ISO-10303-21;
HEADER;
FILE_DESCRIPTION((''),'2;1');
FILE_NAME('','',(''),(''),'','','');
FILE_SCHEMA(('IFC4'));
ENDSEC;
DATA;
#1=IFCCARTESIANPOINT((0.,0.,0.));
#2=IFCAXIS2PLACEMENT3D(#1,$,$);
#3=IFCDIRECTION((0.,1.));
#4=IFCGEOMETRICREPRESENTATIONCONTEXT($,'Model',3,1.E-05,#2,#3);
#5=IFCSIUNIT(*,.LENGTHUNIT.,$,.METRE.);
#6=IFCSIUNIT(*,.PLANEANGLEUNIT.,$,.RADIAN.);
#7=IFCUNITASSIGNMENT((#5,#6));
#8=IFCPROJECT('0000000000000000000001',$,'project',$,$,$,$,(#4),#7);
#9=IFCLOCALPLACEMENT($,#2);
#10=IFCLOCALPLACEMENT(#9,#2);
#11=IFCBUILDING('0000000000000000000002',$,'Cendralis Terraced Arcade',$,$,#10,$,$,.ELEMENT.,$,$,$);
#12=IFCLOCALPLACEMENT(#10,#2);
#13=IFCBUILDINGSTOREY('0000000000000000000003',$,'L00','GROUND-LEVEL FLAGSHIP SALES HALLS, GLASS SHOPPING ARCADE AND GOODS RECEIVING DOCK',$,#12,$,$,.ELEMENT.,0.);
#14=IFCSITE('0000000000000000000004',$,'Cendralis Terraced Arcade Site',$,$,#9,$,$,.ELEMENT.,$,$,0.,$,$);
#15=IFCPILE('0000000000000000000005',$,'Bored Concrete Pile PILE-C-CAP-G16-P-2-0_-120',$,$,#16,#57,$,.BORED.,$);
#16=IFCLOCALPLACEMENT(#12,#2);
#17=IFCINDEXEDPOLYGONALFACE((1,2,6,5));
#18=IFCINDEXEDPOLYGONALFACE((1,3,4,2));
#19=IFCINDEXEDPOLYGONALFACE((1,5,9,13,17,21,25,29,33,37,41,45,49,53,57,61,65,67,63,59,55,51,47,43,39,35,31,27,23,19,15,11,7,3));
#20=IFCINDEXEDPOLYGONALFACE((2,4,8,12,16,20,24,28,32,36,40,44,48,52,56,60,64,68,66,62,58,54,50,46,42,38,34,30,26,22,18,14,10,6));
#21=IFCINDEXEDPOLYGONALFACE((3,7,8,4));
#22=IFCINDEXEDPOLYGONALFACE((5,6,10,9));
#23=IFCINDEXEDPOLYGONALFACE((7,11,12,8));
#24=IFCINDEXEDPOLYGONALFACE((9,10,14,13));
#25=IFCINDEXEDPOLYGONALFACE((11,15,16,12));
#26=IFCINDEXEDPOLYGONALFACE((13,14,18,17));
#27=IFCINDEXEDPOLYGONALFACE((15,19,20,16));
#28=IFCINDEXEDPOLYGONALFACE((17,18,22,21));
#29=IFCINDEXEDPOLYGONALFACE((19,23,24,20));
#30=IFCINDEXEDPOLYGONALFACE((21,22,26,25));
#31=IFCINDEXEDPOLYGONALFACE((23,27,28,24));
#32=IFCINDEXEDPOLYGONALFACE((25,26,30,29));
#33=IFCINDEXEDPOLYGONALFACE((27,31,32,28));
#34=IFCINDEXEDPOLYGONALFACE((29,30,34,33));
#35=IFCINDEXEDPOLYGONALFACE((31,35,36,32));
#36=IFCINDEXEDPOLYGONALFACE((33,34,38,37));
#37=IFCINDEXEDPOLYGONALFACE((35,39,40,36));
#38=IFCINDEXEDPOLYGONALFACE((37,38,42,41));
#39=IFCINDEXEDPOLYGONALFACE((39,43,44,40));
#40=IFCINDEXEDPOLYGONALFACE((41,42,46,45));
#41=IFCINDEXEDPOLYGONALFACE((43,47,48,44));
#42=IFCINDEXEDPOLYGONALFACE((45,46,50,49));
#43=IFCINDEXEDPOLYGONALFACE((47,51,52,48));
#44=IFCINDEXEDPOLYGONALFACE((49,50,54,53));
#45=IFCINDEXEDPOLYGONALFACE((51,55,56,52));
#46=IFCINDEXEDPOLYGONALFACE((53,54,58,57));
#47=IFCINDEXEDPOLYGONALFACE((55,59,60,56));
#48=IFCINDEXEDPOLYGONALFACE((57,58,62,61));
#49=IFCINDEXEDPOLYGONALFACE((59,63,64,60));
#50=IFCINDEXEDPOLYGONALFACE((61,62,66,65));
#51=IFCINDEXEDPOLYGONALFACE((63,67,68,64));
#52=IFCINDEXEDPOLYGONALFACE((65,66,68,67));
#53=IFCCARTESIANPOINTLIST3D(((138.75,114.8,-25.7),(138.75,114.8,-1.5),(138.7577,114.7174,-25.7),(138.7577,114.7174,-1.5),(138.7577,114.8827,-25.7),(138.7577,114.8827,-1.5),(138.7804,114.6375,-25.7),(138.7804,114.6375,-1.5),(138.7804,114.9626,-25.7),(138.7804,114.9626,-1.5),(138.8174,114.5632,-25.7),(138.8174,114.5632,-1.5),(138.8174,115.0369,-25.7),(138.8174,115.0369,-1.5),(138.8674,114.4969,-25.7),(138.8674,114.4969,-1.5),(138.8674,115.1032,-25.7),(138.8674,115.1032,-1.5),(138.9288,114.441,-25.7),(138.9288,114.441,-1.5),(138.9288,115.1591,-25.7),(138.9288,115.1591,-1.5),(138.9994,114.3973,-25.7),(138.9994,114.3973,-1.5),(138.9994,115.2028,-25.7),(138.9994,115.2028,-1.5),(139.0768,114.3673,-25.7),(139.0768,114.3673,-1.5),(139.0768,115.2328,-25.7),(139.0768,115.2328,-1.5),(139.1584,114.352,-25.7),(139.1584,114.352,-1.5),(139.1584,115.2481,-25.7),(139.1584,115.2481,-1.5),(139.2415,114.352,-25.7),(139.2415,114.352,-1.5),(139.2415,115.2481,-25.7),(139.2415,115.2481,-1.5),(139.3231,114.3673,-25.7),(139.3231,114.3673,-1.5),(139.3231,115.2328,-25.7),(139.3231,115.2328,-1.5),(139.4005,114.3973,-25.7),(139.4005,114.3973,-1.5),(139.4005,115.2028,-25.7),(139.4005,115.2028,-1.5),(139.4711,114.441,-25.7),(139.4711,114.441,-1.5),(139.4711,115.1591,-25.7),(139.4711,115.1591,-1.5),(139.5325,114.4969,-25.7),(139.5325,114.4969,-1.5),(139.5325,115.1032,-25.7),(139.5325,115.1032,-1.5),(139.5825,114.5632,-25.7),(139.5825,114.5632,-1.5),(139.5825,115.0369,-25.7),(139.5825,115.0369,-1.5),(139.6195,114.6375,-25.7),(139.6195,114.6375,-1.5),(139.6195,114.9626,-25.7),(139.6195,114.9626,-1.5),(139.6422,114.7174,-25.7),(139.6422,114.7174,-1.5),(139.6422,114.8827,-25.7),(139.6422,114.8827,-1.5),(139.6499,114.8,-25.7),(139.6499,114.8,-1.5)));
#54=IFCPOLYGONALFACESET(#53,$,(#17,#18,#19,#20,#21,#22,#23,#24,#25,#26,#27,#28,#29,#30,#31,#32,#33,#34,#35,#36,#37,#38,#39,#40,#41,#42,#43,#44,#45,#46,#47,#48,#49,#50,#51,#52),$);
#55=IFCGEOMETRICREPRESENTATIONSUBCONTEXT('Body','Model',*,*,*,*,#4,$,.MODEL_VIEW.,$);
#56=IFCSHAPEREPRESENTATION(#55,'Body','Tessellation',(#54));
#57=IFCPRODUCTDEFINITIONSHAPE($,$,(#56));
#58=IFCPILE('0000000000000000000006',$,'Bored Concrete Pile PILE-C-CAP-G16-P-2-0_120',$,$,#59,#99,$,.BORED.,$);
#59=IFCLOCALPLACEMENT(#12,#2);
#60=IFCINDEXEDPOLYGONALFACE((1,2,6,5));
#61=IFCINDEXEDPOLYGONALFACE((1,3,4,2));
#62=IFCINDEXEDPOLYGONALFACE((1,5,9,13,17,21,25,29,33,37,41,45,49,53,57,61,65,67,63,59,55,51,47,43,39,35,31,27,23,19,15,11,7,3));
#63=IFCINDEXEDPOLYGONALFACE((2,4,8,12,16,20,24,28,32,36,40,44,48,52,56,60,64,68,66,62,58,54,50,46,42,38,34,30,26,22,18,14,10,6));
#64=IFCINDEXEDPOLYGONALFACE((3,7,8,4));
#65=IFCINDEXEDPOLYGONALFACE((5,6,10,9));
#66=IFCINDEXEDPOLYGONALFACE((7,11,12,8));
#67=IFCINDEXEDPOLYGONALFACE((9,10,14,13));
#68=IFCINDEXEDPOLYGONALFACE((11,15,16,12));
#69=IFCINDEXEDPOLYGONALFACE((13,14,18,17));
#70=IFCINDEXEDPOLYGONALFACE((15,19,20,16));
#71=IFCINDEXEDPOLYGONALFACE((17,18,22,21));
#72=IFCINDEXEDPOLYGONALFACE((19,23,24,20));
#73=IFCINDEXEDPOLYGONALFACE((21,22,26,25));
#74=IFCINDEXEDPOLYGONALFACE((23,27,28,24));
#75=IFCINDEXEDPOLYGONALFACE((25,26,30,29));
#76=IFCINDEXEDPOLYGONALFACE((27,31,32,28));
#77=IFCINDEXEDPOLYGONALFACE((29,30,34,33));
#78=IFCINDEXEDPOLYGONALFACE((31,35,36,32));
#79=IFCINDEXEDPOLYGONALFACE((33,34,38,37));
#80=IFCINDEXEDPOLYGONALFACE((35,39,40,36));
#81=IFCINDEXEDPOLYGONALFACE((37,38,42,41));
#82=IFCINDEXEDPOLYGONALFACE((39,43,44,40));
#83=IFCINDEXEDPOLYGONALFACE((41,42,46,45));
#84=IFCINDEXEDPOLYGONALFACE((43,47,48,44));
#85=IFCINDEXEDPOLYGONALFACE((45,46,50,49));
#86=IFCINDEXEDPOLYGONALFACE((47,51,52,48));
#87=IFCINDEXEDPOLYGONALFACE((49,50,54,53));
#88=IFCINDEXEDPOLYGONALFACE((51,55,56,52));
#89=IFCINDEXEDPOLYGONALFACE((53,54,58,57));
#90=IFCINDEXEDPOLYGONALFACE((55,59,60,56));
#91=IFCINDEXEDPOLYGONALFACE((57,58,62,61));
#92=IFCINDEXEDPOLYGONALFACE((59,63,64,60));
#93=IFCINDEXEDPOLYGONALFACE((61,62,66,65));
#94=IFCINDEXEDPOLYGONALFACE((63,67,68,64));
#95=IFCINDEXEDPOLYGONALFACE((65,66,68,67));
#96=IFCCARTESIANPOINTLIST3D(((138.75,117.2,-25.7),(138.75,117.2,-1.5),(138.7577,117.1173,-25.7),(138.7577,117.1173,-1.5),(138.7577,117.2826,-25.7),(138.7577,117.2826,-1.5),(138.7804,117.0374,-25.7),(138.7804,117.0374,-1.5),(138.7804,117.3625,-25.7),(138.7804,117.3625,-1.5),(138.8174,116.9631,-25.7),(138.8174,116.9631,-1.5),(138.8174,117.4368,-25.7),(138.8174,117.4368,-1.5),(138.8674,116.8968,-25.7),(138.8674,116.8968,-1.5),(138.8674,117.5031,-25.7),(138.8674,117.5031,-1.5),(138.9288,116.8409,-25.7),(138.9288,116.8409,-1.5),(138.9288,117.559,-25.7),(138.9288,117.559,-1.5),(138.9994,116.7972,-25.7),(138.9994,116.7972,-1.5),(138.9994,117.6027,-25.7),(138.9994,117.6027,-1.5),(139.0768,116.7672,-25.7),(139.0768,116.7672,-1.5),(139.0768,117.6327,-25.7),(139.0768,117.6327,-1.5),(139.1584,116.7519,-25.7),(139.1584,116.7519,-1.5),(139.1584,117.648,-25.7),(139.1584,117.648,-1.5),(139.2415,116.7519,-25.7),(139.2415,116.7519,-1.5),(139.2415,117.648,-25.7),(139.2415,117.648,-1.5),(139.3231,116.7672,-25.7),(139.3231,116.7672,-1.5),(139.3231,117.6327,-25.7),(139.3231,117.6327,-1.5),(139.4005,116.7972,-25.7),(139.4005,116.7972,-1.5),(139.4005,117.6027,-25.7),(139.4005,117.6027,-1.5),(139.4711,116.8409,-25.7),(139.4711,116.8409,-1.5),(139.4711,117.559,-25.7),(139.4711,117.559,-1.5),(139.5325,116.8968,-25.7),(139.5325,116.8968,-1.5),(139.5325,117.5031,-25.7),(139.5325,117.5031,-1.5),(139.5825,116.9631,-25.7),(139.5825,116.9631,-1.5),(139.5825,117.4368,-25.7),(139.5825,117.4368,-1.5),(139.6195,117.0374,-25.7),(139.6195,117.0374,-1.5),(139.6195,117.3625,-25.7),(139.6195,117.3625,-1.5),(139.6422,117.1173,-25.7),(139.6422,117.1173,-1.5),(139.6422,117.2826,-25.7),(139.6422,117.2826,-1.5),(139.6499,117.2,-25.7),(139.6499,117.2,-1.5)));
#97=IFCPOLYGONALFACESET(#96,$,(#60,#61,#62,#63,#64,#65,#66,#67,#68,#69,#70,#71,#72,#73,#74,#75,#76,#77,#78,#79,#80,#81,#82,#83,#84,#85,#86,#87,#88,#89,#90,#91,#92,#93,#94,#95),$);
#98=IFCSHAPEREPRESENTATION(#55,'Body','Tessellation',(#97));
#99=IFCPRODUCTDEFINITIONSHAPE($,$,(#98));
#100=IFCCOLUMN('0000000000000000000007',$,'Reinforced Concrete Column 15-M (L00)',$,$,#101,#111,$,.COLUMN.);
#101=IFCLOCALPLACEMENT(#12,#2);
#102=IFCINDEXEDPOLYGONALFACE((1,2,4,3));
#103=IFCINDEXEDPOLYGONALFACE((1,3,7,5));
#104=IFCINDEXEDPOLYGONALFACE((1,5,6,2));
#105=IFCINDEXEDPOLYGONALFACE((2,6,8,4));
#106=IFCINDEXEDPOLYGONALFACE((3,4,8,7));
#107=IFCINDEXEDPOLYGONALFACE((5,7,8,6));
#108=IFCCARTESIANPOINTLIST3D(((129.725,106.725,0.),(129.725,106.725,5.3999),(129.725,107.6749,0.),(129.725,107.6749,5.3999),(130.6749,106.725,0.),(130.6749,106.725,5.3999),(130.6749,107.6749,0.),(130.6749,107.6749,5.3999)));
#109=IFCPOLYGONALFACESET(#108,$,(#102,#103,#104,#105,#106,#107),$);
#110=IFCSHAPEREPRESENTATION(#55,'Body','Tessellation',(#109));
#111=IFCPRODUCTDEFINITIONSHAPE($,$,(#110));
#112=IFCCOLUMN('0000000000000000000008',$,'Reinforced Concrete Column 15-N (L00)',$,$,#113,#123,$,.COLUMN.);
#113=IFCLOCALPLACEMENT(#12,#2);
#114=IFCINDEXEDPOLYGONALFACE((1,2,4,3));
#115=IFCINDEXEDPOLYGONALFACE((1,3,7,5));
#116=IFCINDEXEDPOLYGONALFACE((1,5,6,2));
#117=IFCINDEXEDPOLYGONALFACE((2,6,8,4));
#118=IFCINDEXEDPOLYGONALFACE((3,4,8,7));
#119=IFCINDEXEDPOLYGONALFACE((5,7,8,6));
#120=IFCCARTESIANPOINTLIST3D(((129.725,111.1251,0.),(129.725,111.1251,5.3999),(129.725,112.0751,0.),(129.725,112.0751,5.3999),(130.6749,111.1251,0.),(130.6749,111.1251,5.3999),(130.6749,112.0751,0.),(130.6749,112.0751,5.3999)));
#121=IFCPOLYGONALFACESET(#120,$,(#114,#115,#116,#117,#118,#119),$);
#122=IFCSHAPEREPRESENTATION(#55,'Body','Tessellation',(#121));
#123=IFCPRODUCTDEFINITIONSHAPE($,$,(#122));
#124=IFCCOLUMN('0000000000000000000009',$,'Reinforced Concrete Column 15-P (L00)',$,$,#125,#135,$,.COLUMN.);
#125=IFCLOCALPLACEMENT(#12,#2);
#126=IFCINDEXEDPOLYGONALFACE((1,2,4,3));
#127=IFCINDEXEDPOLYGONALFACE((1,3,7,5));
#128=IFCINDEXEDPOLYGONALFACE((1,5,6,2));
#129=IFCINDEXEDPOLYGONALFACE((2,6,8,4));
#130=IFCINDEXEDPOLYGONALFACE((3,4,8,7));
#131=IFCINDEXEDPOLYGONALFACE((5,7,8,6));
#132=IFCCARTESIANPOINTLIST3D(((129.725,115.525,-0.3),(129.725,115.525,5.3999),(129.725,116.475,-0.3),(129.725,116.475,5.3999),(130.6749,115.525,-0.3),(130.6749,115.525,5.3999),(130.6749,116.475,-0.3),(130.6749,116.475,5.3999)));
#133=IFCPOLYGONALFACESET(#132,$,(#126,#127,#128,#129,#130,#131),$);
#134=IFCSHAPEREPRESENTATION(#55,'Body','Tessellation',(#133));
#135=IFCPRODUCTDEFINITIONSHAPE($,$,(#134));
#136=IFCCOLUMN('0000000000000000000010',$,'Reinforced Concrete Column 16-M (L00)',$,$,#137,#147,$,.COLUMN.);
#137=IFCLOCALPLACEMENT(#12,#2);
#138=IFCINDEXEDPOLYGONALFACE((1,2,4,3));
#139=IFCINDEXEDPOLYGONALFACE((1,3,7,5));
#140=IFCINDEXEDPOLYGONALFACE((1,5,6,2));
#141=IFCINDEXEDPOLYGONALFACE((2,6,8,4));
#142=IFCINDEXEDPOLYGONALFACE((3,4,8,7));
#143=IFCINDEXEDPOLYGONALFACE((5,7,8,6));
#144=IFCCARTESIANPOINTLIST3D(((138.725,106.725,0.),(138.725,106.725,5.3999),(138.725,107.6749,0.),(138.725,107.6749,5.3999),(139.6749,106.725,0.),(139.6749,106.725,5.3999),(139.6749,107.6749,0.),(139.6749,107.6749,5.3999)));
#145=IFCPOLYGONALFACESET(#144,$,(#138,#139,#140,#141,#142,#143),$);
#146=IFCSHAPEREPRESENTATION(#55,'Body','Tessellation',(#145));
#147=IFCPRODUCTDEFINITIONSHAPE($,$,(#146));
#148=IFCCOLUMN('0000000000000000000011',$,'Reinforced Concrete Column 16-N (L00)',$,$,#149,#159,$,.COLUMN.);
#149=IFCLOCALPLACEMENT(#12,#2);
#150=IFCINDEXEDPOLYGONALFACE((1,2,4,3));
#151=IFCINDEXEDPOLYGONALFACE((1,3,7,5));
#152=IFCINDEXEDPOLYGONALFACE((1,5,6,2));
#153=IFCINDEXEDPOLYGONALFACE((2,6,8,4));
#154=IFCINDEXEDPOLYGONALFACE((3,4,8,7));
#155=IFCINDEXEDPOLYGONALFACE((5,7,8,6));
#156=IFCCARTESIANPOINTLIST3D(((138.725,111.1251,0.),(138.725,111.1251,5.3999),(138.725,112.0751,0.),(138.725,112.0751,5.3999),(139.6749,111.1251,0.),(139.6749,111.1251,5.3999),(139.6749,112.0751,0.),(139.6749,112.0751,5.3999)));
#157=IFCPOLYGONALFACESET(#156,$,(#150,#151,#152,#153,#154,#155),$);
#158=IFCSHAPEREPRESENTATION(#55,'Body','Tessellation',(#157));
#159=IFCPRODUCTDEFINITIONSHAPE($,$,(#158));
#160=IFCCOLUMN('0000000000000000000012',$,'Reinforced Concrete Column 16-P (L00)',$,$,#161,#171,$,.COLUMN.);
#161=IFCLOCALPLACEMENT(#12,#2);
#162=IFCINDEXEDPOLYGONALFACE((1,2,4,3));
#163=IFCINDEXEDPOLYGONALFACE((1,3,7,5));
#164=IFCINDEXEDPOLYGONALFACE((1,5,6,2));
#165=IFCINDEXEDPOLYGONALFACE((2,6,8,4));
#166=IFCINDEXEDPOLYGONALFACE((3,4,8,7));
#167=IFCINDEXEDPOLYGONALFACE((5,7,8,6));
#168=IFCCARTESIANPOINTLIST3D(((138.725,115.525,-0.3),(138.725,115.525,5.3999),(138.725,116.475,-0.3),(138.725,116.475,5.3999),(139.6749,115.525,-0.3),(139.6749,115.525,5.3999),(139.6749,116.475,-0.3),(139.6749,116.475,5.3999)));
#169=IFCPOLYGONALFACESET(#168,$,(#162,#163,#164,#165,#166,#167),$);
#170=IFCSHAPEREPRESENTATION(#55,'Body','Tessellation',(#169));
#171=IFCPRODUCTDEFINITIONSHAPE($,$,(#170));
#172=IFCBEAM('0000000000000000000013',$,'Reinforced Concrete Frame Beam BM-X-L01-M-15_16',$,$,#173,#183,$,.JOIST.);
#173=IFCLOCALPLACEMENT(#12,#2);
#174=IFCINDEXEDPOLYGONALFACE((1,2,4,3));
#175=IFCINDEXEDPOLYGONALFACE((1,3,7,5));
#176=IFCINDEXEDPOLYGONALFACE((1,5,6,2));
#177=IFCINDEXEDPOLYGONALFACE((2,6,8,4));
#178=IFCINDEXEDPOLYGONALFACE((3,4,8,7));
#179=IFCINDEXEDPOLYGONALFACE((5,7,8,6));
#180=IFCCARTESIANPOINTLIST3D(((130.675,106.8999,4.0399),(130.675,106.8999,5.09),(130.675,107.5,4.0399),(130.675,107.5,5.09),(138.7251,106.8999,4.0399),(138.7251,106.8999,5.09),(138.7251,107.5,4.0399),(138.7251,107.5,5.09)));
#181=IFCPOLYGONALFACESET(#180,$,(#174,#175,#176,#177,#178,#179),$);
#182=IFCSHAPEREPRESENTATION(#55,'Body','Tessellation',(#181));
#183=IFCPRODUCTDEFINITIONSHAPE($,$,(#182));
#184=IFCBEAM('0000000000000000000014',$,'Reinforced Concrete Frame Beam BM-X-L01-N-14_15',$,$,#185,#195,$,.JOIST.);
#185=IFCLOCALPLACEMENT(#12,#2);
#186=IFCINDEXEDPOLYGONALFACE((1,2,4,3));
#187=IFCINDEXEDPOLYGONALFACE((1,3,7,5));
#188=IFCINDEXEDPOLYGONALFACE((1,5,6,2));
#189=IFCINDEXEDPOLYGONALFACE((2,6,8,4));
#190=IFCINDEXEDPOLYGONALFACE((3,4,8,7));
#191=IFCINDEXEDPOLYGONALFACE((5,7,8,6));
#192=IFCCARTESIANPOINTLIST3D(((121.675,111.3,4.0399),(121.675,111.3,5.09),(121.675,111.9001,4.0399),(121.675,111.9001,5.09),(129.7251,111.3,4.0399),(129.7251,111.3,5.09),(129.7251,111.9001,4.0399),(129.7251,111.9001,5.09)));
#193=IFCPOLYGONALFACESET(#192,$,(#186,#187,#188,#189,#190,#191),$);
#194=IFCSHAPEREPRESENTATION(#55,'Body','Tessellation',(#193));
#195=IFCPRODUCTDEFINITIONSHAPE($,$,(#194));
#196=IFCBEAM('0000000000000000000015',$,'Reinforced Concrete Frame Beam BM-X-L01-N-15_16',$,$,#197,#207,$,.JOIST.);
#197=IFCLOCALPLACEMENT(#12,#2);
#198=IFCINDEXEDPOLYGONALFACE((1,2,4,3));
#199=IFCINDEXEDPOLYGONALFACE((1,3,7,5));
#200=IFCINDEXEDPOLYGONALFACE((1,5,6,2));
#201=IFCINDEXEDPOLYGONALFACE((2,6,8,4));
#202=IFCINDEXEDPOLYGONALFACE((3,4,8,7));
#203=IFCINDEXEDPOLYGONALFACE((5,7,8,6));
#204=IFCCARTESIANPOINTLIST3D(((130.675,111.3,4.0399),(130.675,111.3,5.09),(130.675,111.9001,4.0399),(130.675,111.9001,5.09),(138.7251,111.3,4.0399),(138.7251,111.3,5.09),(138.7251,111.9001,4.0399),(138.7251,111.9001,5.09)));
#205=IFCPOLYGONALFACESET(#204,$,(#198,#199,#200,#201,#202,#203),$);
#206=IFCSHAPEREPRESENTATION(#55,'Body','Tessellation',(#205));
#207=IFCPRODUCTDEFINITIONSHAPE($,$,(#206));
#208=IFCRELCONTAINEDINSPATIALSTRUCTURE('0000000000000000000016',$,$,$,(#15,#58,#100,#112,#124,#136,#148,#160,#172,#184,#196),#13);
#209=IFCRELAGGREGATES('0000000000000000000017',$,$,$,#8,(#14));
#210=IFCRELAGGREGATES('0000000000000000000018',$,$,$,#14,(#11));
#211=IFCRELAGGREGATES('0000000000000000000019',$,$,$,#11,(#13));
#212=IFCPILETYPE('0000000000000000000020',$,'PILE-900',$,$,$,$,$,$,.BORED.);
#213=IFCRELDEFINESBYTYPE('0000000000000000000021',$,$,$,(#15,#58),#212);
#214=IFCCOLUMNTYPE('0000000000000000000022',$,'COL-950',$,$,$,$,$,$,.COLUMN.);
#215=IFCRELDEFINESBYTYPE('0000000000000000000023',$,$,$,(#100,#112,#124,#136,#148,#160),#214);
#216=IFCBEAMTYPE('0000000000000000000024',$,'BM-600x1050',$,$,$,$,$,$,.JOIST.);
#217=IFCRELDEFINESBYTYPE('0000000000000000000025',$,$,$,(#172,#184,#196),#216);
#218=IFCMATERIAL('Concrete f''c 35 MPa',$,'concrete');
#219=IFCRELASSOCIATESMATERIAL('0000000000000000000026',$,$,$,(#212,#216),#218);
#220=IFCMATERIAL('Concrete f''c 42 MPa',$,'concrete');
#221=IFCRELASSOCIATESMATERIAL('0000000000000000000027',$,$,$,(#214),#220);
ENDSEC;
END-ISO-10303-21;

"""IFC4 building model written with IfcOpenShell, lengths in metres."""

from ifc_helpers import new_model, si_unit, direction, frame, origin, origin_2d, place, context, subcontext, project, spatial, rectangle, circle, extrude, material, material_profile, profile_set, type_object, element, save


model = new_model("IFC4")

# Units and contexts
model_context = context("Model", 3, precision=1e-05, world=origin(), true_north=direction((0.0, 1.0)))
body_context = subcontext(model_context, "Body", "Model", "MODEL_VIEW")
ifc_project = project(units=[si_unit("LENGTHUNIT", "METRE"), si_unit("PLANEANGLEUNIT", "RADIAN")], contexts=[model_context])

# Site, building, storey
site_placement = place(None, origin())
site = spatial("IfcSite", under=ifc_project, at=site_placement, Name="Cendralis Terraced Arcade Site", CompositionType="ELEMENT", RefElevation=0.0)
building_placement = place(site_placement, origin())
building = spatial("IfcBuilding", under=site, at=building_placement, Name="Cendralis Terraced Arcade", CompositionType="ELEMENT")
storey_placement = place(building_placement, origin())
storey = spatial("IfcBuildingStorey", under=building, at=storey_placement, Name="L00", Description="GROUND-LEVEL FLAGSHIP SALES HALLS, GLASS SHOPPING ARCADE AND GOODS RECEIVING DOCK", CompositionType="ELEMENT", Elevation=0.0)

# Shared definitions
ifc_material_1 = material(Name="Concrete f'c 35 MPa", Category="concrete")

# Piles
ifc_material_profile_1 = material_profile(ifc_material_1, circle(Radius=0.45, at=origin_2d()), Name="PILE-D900", Category="LoadBearing")
ifc_profile_set_1 = profile_set([ifc_material_profile_1], Name="Concrete f'c 35 MPa")
pile_type = type_object("IfcPileType", Name="PILE-900", PredefinedType="BORED", material=ifc_profile_set_1)
for number, where, z_axis, x_axis, name in (
    (1, (139.2, 114.8, -1.5), (0.0, 0.0, -1.0), (1.0, 0.0, 0.0), "Bored Concrete Pile PILE-C-CAP-G16-P-2-0_-120"),
    (2, (139.2, 117.2, -1.5), (0.0, 0.0, -1.0), (1.0, 0.0, 0.0), "Bored Concrete Pile PILE-C-CAP-G16-P-2-0_120"),
):
    element("IfcPile", number, at=place(storey_placement, frame(where, z_axis=z_axis, x_axis=x_axis)), inside=storey, type_object=pile_type, Name=name, PredefinedType="BORED", context=body_context, shape_type="SweptSolid", body=[
        extrude(circle(Radius=0.45, at=origin_2d()), origin(), (0.0, 0.0, 1.0), 24.2),
    ])

# Columns
ifc_material_2 = material(Name="Concrete f'c 42 MPa", Category="concrete")
ifc_material_profile_2 = material_profile(ifc_material_2, rectangle(XDim=0.95, YDim=0.95, at=origin_2d()), Name="RC-COL-950x950", Category="LoadBearing")
ifc_profile_set_2 = profile_set([ifc_material_profile_2], Name="Concrete f'c 42 MPa")
column_type = type_object("IfcColumnType", Name="COL-950", PredefinedType="COLUMN", material=ifc_profile_set_2)
for number, where, z_axis, x_axis, name in (
    (3, (130.2, 107.2, 0.0), (0.0, 0.0, 1.0), (1.0, 0.0, 0.0), "Reinforced Concrete Column 15-M (L00)"),
    (4, (130.2, 111.6001, 0.0), (0.0, 0.0, 1.0), (1.0, 0.0, 0.0), "Reinforced Concrete Column 15-N (L00)"),
):
    element("IfcColumn", number, at=place(storey_placement, frame(where, z_axis=z_axis, x_axis=x_axis)), inside=storey, type_object=column_type, Name=name, PredefinedType="COLUMN", context=body_context, shape_type="SweptSolid", body=[
        extrude(rectangle(XDim=0.95, YDim=0.95, at=origin_2d()), origin(), (0.0, 0.0, 1.0), 5.3999),
    ])
column_1_placement = place(storey_placement, frame((130.2, 116.0, -0.3), z_axis=(0.0, 0.0, 1.0), x_axis=(1.0, 0.0, 0.0)))
element("IfcColumn", 5, at=column_1_placement, inside=storey, type_object=column_type, Name="Reinforced Concrete Column 15-P (L00)", PredefinedType="COLUMN", context=body_context, shape_type="SweptSolid", body=[
    extrude(rectangle(XDim=0.95, YDim=0.95, at=origin_2d()), origin(), (0.0, 0.0, 1.0), 5.7),
])
for number, where, z_axis, x_axis, name in (
    (6, (139.2, 107.2, 0.0), (0.0, 0.0, 1.0), (1.0, 0.0, 0.0), "Reinforced Concrete Column 16-M (L00)"),
    (7, (139.2, 111.6001, 0.0), (0.0, 0.0, 1.0), (1.0, 0.0, 0.0), "Reinforced Concrete Column 16-N (L00)"),
):
    element("IfcColumn", number, at=place(storey_placement, frame(where, z_axis=z_axis, x_axis=x_axis)), inside=storey, type_object=column_type, Name=name, PredefinedType="COLUMN", context=body_context, shape_type="SweptSolid", body=[
        extrude(rectangle(XDim=0.95, YDim=0.95, at=origin_2d()), origin(), (0.0, 0.0, 1.0), 5.3999),
    ])
column_2_placement = place(storey_placement, frame((139.2, 116.0, -0.3), z_axis=(0.0, 0.0, 1.0), x_axis=(1.0, 0.0, 0.0)))
element("IfcColumn", 8, at=column_2_placement, inside=storey, type_object=column_type, Name="Reinforced Concrete Column 16-P (L00)", PredefinedType="COLUMN", context=body_context, shape_type="SweptSolid", body=[
    extrude(rectangle(XDim=0.95, YDim=0.95, at=origin_2d()), origin(), (0.0, 0.0, 1.0), 5.7),
])

# Beams
ifc_material_profile_3 = material_profile(ifc_material_1, rectangle(XDim=0.6001, YDim=1.05, at=origin_2d()), Name="RC-BM-600x1050", Category="LoadBearing")
ifc_profile_set_3 = profile_set([ifc_material_profile_3], Name="Concrete f'c 35 MPa")
beam_type = type_object("IfcBeamType", Name="BM-600x1050", PredefinedType="JOIST", material=ifc_profile_set_3)
for number, where, z_axis, x_axis, name in (
    (9, (130.675, 107.2, 4.5649), (1.0, 0.0, 0.0), (0.0, 1.0, 0.0), "Reinforced Concrete Frame Beam BM-X-L01-M-15_16"),
    (10, (121.675, 111.6001, 4.5649), (1.0, 0.0, 0.0), (0.0, 1.0, 0.0), "Reinforced Concrete Frame Beam BM-X-L01-N-14_15"),
    (11, (130.675, 111.6001, 4.5649), (1.0, 0.0, 0.0), (0.0, 1.0, 0.0), "Reinforced Concrete Frame Beam BM-X-L01-N-15_16"),
):
    element("IfcBeam", number, at=place(storey_placement, frame(where, z_axis=z_axis, x_axis=x_axis)), inside=storey, type_object=beam_type, Name=name, PredefinedType="JOIST", context=body_context, shape_type="SweptSolid", body=[
        extrude(rectangle(XDim=0.6001, YDim=1.05, at=origin_2d()), origin(), (0.0, 0.0, 1.0), 8.05),
    ])

save(model, "model.ifc")
